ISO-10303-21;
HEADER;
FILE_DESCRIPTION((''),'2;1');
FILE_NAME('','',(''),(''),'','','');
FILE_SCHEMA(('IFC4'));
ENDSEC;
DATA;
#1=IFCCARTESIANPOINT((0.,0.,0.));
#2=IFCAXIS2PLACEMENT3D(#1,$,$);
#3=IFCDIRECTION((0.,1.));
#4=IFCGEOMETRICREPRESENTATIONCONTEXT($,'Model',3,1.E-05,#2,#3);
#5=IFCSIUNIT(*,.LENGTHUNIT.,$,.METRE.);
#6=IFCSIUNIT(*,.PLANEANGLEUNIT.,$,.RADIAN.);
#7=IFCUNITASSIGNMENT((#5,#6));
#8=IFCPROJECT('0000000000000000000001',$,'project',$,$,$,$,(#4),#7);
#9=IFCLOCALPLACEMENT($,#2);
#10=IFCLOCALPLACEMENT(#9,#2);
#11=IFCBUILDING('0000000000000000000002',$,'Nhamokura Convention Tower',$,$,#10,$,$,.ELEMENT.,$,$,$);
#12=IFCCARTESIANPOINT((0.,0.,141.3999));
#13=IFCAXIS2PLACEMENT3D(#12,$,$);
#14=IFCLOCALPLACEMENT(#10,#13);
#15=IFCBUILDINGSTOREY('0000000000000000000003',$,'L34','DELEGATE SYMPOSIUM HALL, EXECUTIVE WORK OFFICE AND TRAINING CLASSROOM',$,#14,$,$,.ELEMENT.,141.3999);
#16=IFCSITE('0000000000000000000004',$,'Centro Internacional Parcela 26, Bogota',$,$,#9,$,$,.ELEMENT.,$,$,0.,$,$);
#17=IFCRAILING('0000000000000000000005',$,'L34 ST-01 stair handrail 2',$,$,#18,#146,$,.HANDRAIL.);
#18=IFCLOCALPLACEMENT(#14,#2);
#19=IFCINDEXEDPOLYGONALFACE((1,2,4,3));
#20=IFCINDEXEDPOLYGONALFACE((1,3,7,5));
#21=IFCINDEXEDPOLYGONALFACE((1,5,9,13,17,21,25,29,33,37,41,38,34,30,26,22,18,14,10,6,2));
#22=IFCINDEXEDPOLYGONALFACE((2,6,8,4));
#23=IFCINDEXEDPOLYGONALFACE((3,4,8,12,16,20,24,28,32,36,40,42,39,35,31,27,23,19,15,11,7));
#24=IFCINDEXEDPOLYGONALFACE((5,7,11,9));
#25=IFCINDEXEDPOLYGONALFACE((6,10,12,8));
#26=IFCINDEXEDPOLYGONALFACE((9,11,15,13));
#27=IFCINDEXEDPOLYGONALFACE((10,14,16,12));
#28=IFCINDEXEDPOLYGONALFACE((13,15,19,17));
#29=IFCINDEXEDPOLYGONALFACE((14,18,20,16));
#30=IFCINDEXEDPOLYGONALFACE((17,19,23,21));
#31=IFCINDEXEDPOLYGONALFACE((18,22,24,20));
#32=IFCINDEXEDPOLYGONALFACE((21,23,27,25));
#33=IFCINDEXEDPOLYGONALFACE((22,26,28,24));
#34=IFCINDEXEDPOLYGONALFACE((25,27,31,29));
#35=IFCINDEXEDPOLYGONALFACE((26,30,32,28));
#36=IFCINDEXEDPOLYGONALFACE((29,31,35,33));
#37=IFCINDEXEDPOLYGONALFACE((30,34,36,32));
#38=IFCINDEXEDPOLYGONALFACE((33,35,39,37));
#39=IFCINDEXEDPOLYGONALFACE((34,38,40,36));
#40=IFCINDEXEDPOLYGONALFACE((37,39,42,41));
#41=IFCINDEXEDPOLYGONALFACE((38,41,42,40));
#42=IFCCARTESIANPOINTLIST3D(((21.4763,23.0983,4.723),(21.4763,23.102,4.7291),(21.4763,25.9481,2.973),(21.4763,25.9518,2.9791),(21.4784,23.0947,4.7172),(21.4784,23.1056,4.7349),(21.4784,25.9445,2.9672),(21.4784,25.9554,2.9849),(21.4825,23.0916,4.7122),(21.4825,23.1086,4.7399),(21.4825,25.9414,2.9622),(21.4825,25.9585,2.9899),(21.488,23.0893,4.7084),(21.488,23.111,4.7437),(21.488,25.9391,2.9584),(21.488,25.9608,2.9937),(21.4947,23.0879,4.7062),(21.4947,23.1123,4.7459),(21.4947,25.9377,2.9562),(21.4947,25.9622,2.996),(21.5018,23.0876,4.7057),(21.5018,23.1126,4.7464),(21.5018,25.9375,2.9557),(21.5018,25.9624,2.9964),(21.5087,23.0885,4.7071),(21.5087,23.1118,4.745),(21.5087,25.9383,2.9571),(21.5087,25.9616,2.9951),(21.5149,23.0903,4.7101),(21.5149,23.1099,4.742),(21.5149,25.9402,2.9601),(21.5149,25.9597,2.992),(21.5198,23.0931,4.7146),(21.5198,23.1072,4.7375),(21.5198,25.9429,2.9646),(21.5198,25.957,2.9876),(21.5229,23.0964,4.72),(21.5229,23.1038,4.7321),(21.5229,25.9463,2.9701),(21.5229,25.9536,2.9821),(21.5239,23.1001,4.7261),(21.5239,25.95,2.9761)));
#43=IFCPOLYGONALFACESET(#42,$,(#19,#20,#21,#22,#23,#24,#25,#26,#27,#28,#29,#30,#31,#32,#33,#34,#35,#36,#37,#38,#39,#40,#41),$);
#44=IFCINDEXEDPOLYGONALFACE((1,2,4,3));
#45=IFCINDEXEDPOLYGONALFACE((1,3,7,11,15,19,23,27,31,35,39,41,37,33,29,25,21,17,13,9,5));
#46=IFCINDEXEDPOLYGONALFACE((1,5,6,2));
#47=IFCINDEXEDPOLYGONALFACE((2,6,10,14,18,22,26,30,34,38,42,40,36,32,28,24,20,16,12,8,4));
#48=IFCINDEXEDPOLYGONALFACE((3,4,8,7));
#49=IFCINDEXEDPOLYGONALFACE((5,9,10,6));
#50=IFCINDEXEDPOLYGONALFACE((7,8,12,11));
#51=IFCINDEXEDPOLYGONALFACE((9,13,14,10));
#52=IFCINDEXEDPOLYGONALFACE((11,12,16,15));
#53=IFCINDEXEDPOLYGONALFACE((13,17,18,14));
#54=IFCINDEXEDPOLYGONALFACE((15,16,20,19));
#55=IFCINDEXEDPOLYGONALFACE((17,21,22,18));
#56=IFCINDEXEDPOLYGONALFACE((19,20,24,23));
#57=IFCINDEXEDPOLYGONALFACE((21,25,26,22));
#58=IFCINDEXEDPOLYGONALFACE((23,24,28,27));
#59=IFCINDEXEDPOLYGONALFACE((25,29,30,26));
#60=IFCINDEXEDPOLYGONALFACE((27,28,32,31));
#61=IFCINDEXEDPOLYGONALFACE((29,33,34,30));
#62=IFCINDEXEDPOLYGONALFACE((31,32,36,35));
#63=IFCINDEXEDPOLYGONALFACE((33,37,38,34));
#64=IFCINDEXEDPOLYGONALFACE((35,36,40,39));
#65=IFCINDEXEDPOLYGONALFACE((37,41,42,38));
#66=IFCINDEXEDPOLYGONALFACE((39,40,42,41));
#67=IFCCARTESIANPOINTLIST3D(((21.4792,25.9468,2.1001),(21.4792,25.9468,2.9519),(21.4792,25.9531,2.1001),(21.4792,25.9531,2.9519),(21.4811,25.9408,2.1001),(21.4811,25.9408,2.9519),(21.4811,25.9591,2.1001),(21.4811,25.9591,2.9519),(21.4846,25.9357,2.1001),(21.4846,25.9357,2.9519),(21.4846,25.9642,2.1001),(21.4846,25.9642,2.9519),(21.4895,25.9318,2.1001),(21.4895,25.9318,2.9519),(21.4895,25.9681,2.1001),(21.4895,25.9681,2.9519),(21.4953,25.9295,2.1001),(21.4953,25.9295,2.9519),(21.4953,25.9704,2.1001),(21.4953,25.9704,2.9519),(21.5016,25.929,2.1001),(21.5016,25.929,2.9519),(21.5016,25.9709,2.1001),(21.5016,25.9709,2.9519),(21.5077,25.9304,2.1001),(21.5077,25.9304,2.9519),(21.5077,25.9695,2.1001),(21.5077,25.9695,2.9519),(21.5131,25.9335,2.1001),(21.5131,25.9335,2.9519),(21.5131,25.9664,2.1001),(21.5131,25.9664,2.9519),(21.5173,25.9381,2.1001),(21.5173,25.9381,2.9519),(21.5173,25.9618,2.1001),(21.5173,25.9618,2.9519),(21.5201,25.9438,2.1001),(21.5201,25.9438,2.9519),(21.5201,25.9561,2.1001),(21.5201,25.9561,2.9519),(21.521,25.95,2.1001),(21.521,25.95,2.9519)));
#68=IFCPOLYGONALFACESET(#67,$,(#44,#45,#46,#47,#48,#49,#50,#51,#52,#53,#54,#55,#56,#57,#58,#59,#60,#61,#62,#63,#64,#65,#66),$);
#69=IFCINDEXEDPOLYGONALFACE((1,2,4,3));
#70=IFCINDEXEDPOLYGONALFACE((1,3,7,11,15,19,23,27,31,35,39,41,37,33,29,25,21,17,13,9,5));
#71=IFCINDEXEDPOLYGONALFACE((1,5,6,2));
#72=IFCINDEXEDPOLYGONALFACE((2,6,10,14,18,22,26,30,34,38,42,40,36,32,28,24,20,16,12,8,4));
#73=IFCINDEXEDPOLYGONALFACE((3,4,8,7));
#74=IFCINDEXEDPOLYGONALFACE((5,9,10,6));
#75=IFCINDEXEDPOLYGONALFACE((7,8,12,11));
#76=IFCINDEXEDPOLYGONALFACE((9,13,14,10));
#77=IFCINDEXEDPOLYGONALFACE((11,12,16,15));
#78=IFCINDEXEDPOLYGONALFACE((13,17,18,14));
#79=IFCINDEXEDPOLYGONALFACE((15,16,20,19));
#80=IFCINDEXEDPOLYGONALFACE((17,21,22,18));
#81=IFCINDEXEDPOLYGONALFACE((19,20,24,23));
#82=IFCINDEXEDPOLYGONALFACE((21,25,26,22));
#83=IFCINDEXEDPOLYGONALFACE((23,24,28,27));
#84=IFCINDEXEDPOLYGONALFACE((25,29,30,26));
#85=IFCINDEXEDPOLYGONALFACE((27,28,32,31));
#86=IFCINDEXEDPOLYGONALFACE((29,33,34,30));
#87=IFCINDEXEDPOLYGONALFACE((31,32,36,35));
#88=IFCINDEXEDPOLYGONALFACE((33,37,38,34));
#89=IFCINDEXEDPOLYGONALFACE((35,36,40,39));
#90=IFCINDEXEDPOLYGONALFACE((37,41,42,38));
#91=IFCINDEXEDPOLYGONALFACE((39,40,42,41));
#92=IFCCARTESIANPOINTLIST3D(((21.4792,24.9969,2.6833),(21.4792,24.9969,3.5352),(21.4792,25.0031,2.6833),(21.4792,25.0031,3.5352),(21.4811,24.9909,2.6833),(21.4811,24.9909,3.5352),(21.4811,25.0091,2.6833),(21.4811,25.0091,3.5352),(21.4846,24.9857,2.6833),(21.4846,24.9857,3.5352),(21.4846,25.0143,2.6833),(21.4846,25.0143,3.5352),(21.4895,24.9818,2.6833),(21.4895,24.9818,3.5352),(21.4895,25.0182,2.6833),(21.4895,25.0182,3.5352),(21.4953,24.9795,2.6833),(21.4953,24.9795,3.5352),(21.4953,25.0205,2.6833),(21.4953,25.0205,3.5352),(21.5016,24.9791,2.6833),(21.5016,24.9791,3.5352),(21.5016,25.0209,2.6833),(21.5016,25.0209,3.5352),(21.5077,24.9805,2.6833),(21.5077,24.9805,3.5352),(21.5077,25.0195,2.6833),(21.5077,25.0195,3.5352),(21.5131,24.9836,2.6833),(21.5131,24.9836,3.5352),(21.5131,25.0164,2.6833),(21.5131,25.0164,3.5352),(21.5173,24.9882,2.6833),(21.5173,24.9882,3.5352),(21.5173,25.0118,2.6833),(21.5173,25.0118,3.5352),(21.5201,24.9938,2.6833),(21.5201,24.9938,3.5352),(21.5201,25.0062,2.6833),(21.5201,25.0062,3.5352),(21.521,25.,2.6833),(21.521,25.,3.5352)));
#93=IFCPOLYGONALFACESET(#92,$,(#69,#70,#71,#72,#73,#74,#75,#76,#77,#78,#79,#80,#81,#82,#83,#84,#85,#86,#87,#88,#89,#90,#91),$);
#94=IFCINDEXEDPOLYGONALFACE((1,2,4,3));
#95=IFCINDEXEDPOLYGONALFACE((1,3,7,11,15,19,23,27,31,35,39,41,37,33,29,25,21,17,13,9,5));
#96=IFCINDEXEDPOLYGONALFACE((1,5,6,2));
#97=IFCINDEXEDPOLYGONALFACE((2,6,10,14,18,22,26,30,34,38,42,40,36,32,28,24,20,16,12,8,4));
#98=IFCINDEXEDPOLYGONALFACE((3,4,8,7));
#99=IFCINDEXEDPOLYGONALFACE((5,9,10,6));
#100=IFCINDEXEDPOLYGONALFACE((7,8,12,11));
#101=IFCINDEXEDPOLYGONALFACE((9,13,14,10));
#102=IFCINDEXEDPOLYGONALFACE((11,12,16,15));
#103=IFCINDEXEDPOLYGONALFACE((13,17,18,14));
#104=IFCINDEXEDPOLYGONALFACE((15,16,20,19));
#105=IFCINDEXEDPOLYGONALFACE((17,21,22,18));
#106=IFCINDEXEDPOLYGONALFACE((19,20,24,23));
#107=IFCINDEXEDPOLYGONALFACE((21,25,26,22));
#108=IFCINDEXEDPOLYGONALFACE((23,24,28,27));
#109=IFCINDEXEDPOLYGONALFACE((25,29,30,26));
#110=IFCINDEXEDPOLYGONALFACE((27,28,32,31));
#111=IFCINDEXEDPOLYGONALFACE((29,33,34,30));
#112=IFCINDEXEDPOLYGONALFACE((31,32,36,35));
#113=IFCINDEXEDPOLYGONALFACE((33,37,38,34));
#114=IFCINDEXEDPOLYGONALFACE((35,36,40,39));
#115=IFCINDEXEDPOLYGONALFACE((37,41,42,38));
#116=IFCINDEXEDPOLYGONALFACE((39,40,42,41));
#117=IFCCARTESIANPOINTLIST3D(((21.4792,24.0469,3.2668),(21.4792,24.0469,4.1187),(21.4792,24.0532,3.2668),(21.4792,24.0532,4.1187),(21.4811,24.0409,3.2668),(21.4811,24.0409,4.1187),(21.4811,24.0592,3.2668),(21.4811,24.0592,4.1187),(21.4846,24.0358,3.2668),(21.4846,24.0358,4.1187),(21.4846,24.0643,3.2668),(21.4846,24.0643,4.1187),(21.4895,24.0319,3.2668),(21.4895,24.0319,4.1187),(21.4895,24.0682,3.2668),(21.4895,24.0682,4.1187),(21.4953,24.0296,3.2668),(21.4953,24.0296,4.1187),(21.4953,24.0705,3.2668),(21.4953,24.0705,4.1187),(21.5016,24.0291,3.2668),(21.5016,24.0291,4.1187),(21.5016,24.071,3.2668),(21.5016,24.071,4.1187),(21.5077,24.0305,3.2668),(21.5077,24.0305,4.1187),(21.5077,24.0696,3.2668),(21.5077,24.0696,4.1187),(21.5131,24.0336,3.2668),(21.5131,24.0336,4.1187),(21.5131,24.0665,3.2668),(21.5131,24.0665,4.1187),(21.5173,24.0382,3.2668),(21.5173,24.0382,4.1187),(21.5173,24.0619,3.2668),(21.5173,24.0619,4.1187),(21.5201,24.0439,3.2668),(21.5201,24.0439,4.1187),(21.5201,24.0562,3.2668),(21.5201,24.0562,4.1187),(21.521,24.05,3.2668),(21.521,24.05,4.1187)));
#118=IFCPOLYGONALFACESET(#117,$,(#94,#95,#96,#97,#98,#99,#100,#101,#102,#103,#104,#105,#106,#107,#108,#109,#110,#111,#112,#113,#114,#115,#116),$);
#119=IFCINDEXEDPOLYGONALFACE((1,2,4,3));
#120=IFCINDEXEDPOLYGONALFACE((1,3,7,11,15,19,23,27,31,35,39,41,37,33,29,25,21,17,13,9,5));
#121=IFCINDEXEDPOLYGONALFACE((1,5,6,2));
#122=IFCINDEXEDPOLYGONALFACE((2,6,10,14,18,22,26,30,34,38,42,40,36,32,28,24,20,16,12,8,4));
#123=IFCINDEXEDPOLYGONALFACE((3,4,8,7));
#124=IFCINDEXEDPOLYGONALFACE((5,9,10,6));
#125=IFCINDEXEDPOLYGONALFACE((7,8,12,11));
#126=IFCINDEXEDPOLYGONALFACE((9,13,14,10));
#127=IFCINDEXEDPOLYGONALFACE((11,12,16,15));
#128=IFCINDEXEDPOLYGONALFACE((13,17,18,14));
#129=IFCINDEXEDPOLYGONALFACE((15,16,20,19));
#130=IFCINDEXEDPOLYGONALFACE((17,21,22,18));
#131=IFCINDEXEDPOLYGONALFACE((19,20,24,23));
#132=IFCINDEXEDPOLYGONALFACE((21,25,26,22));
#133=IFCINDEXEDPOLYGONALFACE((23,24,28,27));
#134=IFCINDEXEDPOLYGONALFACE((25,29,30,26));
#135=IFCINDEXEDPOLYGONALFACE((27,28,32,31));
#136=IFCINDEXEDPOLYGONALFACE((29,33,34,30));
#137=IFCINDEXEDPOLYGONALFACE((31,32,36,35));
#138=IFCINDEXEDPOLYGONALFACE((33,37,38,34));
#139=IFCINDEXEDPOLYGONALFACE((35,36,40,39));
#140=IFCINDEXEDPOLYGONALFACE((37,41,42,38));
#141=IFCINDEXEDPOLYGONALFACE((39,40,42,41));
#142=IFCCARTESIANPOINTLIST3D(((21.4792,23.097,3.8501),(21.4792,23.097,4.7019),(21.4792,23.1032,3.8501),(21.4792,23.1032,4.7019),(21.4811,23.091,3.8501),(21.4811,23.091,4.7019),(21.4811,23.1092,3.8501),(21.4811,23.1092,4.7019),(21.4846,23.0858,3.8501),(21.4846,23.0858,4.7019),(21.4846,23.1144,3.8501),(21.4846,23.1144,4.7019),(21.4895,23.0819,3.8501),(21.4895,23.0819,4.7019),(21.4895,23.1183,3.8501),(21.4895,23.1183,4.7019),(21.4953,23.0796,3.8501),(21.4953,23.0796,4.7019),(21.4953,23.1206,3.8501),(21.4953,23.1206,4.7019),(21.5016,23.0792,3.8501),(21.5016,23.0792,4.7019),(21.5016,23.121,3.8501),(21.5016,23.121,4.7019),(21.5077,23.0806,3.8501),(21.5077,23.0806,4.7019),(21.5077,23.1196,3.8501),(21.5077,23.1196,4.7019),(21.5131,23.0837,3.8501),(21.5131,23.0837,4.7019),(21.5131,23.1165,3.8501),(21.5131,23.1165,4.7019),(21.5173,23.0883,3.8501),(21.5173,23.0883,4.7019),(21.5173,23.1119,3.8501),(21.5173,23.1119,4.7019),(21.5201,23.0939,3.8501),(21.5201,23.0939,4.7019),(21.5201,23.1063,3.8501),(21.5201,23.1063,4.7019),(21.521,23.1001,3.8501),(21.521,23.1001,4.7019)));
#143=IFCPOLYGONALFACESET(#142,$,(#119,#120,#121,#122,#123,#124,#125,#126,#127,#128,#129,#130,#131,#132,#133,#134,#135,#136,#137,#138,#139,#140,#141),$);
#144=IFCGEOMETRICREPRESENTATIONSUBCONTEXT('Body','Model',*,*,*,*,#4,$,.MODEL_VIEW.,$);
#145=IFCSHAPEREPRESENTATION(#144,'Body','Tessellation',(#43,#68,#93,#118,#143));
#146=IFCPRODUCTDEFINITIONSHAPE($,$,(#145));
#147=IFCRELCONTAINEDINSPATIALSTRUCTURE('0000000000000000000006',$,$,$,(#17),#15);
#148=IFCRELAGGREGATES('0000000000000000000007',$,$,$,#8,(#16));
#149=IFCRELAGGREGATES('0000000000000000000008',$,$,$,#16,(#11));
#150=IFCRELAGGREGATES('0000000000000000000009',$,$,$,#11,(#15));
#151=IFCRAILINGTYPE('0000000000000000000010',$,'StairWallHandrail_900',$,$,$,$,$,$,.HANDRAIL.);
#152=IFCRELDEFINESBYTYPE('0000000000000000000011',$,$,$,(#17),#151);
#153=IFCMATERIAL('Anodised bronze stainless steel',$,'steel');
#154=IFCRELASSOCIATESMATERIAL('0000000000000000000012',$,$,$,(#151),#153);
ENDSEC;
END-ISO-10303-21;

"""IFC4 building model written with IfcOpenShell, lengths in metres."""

from ifc_helpers import new_model, si_unit, direction, frame, origin, origin_2d, place, context, subcontext, project, spatial, circle, extrude, material, type_object, element, save


model = new_model("IFC4")

# Units and contexts
model_context = context("Model", 3, precision=1e-05, world=origin(), true_north=direction((0.0, 1.0)))
body_context = subcontext(model_context, "Body", "Model", "MODEL_VIEW")
ifc_project = project(units=[si_unit("LENGTHUNIT", "METRE"), si_unit("PLANEANGLEUNIT", "RADIAN")], contexts=[model_context])

# Site, building, storey
site_placement = place(None, origin())
site = spatial("IfcSite", under=ifc_project, at=site_placement, Name="Centro Internacional Parcela 26, Bogota", CompositionType="ELEMENT", RefElevation=0.0)
building_placement = place(site_placement, origin())
building = spatial("IfcBuilding", under=site, at=building_placement, Name="Nhamokura Convention Tower", CompositionType="ELEMENT")
storey_placement = place(building_placement, frame((0.0, 0.0, 141.3999)))
storey = spatial("IfcBuildingStorey", under=building, at=storey_placement, Name="L34", Description="DELEGATE SYMPOSIUM HALL, EXECUTIVE WORK OFFICE AND TRAINING CLASSROOM", CompositionType="ELEMENT", Elevation=141.3999)

# Railing
ifc_material_1 = material(Name="Anodised bronze stainless steel", Category="steel")
railing_type_1 = type_object("IfcRailingType", Name="StairWallHandrail_900", PredefinedType="HANDRAIL", material=ifc_material_1)
railing_1_placement = place(storey_placement, frame((21.5, 25.95, 2.1001)))
element("IfcRailing", 1, at=railing_1_placement, inside=storey, type_object=railing_type_1, Name="L34 ST-01 stair handrail 2", PredefinedType="HANDRAIL", context=body_context, shape_type="SweptSolid", body=[
    extrude(circle(Radius=0.0239, at=origin_2d()), frame((0.0, 0.0, 0.876), z_axis=(0.0, -0.852159, 0.523283), x_axis=(1.0, 0.0, 0.0)), (0.0, 0.0, 1.0), 3.3442),
    extrude(circle(Radius=0.021, at=origin_2d()), origin(), (0.0, 0.0, 1.0), 0.8518),
    extrude(circle(Radius=0.021, at=origin_2d()), frame((0.0, -0.95, 0.5833)), (0.0, 0.0, 1.0), 0.8518),
    extrude(circle(Radius=0.021, at=origin_2d()), frame((0.0, -1.8999, 1.1667)), (0.0, 0.0, 1.0), 0.8518),
    extrude(circle(Radius=0.021, at=origin_2d()), frame((0.0, -2.8499, 1.75)), (0.0, 0.0, 1.0), 0.8518),
])

save(model, "model.ifc")
